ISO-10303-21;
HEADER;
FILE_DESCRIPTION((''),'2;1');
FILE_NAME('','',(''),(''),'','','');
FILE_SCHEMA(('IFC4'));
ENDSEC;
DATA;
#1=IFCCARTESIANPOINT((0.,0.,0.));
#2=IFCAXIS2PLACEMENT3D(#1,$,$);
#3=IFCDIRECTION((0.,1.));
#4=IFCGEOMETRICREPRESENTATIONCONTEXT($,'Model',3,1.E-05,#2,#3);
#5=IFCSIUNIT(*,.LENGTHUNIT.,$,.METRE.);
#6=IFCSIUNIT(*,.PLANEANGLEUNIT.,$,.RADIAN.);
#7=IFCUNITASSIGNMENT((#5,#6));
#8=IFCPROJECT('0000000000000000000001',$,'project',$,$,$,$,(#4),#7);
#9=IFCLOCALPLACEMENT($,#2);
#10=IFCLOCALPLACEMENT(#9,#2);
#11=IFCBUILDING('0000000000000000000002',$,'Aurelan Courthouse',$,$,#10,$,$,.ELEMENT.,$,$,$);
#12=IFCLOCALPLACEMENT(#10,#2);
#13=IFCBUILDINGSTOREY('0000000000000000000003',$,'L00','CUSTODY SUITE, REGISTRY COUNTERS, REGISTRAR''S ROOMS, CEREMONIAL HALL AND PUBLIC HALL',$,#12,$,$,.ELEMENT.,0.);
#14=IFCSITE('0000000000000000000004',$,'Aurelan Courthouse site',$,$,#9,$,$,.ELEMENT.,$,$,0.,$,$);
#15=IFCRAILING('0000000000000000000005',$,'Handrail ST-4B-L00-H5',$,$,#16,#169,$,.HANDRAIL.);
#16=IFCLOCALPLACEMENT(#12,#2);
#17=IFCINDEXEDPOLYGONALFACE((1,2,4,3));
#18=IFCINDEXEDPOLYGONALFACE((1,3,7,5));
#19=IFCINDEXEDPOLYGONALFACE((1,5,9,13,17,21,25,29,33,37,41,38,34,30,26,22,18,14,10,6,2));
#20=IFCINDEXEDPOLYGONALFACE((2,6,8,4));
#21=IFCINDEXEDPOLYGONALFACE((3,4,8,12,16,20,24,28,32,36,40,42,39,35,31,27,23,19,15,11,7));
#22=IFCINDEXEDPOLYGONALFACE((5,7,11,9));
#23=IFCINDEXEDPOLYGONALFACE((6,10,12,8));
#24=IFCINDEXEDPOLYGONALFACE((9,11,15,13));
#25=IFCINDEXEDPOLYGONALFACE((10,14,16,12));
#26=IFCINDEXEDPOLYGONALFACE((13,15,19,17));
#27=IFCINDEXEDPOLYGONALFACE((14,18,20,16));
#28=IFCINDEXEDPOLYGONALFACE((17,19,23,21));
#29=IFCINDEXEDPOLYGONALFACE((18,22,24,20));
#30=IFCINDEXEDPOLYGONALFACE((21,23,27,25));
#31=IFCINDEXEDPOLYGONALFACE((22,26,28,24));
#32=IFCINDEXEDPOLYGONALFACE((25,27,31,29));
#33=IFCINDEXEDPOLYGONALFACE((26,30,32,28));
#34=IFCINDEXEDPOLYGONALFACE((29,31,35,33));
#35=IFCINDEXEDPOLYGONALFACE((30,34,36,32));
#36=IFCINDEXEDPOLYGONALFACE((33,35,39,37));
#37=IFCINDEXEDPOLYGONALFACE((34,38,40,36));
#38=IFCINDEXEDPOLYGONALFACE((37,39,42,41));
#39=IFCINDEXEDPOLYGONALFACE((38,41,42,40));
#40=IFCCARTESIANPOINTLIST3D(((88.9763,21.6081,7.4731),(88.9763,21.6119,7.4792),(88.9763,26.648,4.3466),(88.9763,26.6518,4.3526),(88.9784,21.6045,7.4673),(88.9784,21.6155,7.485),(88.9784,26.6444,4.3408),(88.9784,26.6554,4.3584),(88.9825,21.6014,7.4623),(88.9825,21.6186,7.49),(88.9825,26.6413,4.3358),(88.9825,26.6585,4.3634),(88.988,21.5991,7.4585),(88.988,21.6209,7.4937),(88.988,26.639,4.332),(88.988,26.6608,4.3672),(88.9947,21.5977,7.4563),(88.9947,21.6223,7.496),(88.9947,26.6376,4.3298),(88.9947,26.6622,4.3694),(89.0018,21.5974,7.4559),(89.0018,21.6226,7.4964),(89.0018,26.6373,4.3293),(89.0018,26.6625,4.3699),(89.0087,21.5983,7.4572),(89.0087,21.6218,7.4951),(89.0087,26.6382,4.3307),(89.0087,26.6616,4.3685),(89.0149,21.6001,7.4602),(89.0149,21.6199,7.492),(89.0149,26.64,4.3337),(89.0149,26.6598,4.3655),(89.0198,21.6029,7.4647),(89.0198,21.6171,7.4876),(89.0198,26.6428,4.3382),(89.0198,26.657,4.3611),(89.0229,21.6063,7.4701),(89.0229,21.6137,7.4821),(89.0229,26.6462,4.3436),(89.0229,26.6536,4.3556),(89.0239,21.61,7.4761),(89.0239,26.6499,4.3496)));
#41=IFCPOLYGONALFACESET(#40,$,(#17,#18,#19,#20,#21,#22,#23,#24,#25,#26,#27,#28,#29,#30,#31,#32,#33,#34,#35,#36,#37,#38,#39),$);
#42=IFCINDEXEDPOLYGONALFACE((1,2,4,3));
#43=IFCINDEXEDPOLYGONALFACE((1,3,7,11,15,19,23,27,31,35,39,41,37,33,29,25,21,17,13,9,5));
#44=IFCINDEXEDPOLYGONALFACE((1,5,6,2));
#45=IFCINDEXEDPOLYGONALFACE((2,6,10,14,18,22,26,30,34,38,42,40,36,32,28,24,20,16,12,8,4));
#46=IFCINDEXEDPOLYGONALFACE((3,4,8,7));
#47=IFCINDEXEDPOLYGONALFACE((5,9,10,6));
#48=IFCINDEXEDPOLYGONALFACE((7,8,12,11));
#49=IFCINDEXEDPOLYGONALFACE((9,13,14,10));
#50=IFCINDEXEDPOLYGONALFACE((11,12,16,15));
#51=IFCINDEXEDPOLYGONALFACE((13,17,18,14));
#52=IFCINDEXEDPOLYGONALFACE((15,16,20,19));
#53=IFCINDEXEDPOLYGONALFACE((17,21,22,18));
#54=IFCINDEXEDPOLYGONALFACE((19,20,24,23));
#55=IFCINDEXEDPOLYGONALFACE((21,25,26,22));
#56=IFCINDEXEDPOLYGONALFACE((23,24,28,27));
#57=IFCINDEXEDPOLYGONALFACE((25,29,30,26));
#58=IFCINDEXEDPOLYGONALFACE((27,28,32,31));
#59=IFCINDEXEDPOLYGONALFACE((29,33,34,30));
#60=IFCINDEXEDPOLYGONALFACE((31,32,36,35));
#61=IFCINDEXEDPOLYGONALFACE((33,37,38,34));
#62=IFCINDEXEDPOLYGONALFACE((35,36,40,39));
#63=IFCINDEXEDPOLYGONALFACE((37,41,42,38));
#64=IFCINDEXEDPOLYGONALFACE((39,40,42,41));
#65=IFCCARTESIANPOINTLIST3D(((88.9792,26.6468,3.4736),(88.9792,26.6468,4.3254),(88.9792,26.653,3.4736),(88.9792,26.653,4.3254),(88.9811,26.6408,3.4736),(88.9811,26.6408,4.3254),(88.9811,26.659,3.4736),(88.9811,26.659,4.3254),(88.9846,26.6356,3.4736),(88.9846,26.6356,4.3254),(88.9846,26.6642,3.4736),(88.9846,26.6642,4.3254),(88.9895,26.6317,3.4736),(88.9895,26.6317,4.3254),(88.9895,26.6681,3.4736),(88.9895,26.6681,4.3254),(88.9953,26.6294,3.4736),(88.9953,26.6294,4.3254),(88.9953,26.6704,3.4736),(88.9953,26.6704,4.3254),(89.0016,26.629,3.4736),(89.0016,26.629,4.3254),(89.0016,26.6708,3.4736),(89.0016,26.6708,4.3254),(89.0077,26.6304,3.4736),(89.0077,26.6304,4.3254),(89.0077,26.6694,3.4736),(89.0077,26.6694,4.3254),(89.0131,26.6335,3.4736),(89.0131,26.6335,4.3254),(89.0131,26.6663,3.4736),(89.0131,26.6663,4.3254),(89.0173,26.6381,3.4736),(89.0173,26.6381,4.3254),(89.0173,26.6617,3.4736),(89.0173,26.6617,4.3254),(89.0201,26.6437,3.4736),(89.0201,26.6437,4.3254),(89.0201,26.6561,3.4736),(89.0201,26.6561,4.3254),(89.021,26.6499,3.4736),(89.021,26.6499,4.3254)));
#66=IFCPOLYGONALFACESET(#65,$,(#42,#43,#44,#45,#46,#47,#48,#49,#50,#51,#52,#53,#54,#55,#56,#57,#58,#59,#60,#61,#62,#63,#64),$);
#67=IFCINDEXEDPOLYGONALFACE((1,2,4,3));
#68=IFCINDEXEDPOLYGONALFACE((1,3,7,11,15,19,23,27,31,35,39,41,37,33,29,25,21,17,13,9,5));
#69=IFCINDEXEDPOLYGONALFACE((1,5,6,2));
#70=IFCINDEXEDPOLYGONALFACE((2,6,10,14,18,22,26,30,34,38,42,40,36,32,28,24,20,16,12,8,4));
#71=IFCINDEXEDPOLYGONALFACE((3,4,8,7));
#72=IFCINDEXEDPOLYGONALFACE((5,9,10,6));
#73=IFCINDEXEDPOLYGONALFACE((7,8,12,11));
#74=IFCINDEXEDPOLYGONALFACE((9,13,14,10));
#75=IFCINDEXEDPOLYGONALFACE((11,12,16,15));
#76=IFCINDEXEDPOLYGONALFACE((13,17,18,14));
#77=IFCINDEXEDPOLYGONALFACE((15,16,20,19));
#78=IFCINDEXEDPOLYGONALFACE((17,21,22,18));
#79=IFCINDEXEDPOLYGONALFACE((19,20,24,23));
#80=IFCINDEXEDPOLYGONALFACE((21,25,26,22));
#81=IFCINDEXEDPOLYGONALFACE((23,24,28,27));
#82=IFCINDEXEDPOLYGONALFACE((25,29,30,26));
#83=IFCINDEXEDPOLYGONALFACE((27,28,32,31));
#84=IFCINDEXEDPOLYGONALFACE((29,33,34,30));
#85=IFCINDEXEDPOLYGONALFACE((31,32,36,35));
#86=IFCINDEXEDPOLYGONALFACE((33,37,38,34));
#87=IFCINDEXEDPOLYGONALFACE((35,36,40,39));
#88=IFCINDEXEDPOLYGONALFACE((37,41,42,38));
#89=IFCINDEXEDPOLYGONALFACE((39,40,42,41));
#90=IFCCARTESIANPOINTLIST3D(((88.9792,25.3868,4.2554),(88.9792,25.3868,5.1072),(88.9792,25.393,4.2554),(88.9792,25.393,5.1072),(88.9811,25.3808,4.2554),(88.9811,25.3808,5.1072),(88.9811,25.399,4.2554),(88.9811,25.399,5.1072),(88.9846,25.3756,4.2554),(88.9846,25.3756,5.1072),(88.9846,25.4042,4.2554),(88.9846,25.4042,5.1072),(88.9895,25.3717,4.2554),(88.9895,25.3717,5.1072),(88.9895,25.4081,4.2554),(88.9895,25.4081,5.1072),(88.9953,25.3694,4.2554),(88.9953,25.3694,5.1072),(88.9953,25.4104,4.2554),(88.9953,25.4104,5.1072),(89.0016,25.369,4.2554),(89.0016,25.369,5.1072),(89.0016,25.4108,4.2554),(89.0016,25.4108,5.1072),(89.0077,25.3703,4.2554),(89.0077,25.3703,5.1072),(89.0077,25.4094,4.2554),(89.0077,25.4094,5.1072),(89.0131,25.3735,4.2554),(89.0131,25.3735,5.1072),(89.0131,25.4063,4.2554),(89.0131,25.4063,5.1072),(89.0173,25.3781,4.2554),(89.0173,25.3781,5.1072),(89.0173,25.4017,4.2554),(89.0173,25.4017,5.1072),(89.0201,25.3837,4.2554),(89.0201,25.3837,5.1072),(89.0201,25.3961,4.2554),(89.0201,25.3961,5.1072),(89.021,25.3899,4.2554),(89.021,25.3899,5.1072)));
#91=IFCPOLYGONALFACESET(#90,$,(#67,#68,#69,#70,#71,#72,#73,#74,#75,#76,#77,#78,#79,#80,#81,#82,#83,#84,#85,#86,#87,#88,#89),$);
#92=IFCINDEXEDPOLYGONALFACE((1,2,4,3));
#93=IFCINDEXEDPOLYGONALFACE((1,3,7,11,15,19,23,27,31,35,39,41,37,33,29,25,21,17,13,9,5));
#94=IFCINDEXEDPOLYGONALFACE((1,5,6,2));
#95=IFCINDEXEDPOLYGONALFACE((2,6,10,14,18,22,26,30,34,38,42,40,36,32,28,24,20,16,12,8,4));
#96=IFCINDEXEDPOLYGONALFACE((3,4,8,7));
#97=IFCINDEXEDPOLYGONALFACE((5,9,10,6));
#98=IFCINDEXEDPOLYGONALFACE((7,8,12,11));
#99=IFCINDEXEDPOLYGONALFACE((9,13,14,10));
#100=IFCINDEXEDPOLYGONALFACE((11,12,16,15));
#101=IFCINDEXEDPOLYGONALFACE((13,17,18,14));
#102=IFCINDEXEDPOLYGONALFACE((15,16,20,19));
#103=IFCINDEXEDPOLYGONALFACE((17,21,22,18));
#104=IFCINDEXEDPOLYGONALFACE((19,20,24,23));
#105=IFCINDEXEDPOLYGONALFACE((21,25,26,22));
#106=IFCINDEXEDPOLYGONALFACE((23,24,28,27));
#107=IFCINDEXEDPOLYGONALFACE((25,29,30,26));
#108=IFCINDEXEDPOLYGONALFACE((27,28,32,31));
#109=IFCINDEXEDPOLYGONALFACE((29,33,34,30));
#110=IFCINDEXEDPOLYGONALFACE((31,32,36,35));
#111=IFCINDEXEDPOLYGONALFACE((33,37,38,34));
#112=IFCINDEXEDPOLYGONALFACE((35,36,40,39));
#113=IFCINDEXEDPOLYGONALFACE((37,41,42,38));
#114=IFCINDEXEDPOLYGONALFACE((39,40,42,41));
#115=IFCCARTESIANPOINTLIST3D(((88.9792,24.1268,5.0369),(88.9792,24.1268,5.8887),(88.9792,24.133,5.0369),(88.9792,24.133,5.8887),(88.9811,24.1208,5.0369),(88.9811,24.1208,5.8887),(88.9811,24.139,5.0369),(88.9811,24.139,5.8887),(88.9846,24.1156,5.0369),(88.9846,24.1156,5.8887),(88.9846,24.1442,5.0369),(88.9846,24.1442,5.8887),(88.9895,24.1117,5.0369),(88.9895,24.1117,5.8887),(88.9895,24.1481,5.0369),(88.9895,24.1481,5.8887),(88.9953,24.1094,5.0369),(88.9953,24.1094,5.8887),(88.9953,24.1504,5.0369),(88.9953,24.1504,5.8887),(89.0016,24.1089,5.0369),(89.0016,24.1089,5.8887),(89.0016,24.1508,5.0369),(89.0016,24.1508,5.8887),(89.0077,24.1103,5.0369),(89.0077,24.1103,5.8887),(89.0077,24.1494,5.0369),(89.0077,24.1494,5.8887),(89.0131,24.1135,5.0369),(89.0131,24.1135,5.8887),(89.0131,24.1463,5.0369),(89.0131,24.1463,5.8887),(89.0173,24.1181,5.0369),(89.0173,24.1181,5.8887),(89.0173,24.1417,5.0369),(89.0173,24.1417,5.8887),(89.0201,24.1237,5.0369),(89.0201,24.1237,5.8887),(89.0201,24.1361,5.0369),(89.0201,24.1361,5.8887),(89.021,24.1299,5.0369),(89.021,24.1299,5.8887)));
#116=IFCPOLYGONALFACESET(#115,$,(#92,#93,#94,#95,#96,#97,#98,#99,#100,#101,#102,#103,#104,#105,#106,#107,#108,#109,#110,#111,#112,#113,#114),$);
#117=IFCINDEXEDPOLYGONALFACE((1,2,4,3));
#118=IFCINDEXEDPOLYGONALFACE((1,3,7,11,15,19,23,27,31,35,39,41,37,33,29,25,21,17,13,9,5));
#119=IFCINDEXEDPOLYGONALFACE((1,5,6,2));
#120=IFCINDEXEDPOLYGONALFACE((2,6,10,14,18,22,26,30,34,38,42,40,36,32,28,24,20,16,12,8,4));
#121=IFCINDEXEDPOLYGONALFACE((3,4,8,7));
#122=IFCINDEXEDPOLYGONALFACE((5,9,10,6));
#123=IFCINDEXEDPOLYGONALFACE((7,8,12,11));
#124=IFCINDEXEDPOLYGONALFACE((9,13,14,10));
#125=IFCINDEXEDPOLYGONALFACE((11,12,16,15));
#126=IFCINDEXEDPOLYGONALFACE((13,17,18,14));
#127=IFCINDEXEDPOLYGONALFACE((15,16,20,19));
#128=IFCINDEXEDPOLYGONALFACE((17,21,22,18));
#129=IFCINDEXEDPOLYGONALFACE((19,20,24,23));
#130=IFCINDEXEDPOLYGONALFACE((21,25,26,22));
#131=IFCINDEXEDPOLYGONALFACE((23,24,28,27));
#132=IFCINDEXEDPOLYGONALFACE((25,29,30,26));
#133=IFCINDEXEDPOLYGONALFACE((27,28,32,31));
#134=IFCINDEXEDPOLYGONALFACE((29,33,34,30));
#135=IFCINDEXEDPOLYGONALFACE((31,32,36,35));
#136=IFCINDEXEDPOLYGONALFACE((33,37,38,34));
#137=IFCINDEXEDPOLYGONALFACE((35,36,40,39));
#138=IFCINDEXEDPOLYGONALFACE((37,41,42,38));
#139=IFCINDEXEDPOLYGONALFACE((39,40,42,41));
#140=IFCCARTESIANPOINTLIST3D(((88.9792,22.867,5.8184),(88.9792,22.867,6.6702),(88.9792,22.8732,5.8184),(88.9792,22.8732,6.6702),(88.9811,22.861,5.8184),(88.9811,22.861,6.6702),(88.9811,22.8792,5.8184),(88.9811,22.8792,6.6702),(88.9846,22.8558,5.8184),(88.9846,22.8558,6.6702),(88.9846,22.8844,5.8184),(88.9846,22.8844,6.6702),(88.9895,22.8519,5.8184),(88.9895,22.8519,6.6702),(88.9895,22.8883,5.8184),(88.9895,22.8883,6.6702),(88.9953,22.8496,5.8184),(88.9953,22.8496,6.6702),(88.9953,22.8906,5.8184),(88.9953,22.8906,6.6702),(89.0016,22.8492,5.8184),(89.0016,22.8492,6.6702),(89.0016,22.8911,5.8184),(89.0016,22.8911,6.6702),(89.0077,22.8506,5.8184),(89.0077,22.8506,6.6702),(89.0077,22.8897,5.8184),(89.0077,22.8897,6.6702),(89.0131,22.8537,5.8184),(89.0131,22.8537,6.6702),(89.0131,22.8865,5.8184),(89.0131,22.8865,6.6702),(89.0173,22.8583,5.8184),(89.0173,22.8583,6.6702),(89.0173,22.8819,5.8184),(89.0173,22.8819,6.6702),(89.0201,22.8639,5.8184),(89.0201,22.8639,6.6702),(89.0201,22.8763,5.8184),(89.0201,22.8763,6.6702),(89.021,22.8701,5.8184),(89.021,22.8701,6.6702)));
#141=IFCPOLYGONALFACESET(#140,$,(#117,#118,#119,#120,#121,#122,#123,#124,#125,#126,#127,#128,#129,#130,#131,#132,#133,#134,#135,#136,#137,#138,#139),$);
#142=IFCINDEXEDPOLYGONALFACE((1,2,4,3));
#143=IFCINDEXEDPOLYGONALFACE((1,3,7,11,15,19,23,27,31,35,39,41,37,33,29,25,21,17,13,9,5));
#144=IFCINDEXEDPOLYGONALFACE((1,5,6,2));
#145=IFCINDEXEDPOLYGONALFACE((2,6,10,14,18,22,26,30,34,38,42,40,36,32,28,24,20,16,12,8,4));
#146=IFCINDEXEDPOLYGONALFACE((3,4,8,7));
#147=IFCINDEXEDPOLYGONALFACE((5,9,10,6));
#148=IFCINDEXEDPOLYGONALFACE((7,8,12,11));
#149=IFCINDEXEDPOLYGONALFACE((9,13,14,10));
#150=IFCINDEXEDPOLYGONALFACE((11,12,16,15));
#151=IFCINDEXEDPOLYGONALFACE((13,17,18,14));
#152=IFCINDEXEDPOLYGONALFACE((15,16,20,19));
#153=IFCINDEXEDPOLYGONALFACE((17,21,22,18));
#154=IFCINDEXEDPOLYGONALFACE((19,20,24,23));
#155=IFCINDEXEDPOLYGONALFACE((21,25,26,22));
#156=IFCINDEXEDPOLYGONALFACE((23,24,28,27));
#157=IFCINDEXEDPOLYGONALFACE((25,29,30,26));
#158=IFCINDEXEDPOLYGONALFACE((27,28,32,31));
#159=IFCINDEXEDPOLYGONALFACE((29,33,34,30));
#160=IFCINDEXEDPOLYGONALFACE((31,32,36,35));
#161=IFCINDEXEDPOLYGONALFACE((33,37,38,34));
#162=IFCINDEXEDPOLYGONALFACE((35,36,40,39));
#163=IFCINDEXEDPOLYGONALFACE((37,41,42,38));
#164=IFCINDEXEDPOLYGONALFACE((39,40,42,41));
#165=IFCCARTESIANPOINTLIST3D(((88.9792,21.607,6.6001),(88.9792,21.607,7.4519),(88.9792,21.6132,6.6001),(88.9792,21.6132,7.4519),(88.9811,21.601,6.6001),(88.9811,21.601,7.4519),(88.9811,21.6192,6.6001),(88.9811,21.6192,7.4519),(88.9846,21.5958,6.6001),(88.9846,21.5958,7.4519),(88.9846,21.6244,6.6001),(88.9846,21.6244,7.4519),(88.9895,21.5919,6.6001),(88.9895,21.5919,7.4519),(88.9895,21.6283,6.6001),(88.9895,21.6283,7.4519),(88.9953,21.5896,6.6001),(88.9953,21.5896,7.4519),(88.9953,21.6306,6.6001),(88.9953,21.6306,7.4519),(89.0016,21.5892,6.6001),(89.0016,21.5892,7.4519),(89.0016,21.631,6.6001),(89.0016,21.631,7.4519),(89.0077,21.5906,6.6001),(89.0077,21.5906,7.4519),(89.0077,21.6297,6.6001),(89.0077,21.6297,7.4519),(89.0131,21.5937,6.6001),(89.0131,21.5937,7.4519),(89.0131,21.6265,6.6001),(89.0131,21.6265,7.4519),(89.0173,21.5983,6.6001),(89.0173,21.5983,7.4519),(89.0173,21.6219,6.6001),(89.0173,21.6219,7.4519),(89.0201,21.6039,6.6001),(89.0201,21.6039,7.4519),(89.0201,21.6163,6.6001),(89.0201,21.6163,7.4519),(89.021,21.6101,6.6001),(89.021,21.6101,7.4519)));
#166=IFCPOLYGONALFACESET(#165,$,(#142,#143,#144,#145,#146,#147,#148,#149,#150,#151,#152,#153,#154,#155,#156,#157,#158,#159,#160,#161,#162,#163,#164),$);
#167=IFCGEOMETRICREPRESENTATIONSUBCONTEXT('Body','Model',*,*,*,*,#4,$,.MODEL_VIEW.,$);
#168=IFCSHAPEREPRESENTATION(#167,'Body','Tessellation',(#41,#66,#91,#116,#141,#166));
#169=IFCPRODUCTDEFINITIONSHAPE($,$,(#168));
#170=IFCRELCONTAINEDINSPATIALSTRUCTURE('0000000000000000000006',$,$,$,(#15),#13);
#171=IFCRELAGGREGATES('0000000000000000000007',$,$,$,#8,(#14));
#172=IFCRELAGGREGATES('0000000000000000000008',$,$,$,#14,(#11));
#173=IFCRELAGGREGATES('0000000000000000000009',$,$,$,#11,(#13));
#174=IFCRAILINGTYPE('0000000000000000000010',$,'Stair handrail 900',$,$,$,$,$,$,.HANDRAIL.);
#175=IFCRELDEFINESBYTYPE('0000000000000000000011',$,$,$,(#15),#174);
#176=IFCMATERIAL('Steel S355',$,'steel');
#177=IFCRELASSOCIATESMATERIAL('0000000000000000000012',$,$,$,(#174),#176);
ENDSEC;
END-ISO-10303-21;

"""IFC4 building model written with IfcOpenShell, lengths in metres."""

from ifc_helpers import new_model, si_unit, direction, frame, origin, origin_2d, place, context, subcontext, project, spatial, circle, extrude, material, type_object, element, save


model = new_model("IFC4")

# Units and contexts
model_context = context("Model", 3, precision=1e-05, world=origin(), true_north=direction((0.0, 1.0)))
body_context = subcontext(model_context, "Body", "Model", "MODEL_VIEW")
ifc_project = project(units=[si_unit("LENGTHUNIT", "METRE"), si_unit("PLANEANGLEUNIT", "RADIAN")], contexts=[model_context])

# Site, building, storey
site_placement = place(None, origin())
site = spatial("IfcSite", under=ifc_project, at=site_placement, Name="Aurelan Courthouse site", CompositionType="ELEMENT", RefElevation=0.0)
building_placement = place(site_placement, origin())
building = spatial("IfcBuilding", under=site, at=building_placement, Name="Aurelan Courthouse", CompositionType="ELEMENT")
storey_placement = place(building_placement, origin())
storey = spatial("IfcBuildingStorey", under=building, at=storey_placement, Name="L00", Description="CUSTODY SUITE, REGISTRY COUNTERS, REGISTRAR'S ROOMS, CEREMONIAL HALL AND PUBLIC HALL", CompositionType="ELEMENT", Elevation=0.0)

# Railing
ifc_material_1 = material(Name="Steel S355", Category="steel")
railing_type_1 = type_object("IfcRailingType", Name="Stair handrail 900", PredefinedType="HANDRAIL", material=ifc_material_1)
for number, where, name in (
    (1, (89.0, 26.6499, 3.4736), "Handrail ST-4B-L00-H5"),
):
    element("IfcRailing", number, at=place(storey_placement, frame(where)), inside=storey, type_object=railing_type_1, Name=name, PredefinedType="HANDRAIL", context=body_context, shape_type="SweptSolid", body=[
        extrude(circle(Radius=0.0239, at=origin_2d()), frame((0.0, 0.0, 0.876), z_axis=(0.0, -0.849767, 0.527158), x_axis=(1.0, 0.0, 0.0)), (0.0, 0.0, 1.0), 5.9309),
        extrude(circle(Radius=0.021, at=origin_2d()), origin(), (0.0, 0.0, 1.0), 0.8518),
        extrude(circle(Radius=0.021, at=origin_2d()), frame((0.0, -1.26, 0.7817)), (0.0, 0.0, 1.0), 0.8518),
        extrude(circle(Radius=0.021, at=origin_2d()), frame((0.0, -2.52, 1.5632)), (0.0, 0.0, 1.0), 0.8518),
        extrude(circle(Radius=0.021, at=origin_2d()), frame((0.0, -3.7798, 2.3447)), (0.0, 0.0, 1.0), 0.8518),
        extrude(circle(Radius=0.021, at=origin_2d()), frame((0.0, -5.0398, 3.1265)), (0.0, 0.0, 1.0), 0.8518),
    ])

save(model, "model.ifc")
